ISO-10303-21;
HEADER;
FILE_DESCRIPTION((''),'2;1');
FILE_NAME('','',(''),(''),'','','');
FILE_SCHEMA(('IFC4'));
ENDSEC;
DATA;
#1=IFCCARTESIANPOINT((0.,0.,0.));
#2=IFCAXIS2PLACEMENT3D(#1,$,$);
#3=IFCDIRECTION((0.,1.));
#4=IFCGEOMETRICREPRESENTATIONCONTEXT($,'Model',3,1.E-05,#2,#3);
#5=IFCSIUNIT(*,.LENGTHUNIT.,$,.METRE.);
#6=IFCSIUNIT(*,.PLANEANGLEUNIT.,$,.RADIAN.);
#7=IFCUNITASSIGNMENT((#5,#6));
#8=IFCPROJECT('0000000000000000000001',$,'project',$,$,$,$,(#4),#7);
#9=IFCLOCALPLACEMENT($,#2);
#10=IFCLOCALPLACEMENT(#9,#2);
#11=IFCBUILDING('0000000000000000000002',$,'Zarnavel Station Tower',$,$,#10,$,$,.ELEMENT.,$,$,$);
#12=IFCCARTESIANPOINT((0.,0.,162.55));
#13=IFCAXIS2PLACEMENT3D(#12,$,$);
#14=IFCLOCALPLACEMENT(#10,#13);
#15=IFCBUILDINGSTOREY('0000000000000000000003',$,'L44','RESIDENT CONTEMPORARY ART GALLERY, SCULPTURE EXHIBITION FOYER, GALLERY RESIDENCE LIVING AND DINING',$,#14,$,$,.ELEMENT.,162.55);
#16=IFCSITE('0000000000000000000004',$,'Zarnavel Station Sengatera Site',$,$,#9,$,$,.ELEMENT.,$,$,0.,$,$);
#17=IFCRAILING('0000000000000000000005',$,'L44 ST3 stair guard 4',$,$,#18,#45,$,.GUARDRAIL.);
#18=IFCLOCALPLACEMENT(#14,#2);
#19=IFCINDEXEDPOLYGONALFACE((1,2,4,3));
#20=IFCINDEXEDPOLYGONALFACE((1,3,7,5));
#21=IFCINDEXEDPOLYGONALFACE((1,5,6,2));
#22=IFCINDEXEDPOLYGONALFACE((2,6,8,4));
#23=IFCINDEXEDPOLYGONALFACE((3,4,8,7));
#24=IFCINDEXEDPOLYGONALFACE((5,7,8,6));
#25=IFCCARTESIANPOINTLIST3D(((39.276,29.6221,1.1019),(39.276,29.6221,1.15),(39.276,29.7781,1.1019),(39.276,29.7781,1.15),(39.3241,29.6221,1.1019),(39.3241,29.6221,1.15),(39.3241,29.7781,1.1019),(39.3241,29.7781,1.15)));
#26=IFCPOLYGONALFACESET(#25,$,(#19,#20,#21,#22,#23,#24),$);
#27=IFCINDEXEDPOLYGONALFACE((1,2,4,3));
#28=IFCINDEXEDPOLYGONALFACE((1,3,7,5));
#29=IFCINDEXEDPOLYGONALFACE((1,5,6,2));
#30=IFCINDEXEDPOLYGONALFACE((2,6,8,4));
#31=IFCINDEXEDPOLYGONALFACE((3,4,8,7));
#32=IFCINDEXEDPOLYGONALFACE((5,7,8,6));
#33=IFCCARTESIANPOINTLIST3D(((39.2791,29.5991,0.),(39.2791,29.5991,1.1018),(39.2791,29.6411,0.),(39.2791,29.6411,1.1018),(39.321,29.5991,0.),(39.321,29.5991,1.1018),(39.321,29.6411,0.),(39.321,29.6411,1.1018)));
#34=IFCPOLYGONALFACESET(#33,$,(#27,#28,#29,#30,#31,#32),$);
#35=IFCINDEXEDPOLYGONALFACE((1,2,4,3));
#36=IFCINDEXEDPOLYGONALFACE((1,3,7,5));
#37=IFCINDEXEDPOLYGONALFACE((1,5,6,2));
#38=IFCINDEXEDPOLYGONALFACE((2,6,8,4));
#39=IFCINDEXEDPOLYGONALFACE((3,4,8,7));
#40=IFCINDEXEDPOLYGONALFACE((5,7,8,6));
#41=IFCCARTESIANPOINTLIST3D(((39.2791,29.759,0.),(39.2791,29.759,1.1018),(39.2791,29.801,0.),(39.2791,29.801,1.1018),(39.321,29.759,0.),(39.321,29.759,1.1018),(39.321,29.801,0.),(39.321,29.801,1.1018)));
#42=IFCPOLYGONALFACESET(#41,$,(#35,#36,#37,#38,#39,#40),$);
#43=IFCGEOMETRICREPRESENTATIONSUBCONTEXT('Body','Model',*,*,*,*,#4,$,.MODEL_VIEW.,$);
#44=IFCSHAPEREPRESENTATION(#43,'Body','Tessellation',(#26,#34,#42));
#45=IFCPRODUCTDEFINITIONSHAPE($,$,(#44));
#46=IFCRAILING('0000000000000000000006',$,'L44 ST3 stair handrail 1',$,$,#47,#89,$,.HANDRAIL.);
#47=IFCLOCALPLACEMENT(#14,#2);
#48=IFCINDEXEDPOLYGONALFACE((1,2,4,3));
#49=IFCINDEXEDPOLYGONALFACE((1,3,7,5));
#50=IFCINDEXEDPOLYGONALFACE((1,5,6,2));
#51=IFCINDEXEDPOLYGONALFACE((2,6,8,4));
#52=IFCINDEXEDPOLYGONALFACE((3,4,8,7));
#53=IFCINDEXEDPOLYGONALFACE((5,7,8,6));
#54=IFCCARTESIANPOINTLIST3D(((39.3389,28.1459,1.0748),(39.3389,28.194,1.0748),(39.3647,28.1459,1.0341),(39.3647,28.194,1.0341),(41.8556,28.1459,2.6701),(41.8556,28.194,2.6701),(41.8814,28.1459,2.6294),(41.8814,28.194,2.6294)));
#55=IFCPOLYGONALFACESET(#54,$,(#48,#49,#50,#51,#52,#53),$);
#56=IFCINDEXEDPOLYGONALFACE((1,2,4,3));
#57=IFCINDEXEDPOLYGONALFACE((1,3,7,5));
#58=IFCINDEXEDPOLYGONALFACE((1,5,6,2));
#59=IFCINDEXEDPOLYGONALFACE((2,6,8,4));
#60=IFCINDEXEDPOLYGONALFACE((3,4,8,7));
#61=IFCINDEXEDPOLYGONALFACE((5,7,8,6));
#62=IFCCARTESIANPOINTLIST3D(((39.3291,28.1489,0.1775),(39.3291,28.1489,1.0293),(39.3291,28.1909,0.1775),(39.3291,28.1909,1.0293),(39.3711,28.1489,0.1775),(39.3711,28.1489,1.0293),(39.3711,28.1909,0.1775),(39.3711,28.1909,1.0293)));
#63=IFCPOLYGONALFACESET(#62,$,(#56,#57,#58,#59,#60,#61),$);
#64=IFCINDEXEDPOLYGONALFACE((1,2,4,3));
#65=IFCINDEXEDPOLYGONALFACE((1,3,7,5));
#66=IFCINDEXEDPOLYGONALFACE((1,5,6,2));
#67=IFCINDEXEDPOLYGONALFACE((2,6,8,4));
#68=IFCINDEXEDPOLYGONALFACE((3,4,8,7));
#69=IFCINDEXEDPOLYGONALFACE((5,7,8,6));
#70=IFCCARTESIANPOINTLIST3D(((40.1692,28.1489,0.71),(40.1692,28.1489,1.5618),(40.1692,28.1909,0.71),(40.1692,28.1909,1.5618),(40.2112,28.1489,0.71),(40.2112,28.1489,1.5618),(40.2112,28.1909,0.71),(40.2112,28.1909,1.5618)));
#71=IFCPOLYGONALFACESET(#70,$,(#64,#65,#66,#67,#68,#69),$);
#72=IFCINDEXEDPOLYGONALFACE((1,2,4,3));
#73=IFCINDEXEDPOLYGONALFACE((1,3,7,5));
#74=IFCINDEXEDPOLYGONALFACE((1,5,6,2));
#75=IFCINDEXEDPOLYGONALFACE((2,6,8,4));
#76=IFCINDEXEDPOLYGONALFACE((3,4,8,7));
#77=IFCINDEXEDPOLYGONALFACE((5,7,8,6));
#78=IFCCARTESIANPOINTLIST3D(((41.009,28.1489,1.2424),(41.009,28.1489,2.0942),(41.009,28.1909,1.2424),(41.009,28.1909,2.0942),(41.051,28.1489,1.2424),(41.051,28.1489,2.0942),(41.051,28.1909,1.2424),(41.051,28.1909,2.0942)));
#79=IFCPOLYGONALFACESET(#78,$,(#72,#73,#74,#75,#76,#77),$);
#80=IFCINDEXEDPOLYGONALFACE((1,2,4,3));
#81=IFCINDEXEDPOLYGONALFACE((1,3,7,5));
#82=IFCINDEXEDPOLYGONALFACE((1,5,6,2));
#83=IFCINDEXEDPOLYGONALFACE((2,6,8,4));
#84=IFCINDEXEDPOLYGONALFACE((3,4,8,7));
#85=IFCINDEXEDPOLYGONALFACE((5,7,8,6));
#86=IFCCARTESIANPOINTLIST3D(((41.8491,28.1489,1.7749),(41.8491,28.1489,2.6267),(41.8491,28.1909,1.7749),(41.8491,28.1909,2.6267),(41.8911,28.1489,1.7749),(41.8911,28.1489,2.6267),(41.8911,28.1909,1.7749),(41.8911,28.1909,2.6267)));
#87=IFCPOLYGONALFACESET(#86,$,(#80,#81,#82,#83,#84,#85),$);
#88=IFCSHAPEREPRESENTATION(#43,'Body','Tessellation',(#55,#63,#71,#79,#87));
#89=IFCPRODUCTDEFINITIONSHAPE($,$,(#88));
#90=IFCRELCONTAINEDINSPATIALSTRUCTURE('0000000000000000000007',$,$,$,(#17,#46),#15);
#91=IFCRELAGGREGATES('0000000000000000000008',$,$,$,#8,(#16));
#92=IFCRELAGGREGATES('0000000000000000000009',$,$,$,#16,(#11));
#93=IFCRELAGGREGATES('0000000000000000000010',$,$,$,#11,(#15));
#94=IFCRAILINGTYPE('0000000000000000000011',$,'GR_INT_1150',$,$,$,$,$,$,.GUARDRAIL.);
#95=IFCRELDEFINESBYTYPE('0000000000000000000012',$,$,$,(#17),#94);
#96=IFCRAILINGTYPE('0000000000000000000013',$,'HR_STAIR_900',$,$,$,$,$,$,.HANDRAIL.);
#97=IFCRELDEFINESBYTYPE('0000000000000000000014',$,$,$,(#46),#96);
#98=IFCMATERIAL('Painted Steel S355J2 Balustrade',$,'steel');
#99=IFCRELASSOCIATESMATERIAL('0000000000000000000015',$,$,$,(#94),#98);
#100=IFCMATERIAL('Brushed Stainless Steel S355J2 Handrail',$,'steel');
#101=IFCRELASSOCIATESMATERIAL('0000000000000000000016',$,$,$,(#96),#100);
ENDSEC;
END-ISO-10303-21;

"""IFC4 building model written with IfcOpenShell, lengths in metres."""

from ifc_helpers import new_model, si_unit, direction, frame, origin, origin_2d, place, context, subcontext, project, spatial, rectangle, extrude, material, type_object, element, save


model = new_model("IFC4")

# Units and contexts
model_context = context("Model", 3, precision=1e-05, world=origin(), true_north=direction((0.0, 1.0)))
body_context = subcontext(model_context, "Body", "Model", "MODEL_VIEW")
ifc_project = project(units=[si_unit("LENGTHUNIT", "METRE"), si_unit("PLANEANGLEUNIT", "RADIAN")], contexts=[model_context])

# Site, building, storey
site_placement = place(None, origin())
site = spatial("IfcSite", under=ifc_project, at=site_placement, Name="Zarnavel Station Sengatera Site", CompositionType="ELEMENT", RefElevation=0.0)
building_placement = place(site_placement, origin())
building = spatial("IfcBuilding", under=site, at=building_placement, Name="Zarnavel Station Tower", CompositionType="ELEMENT")
storey_placement = place(building_placement, frame((0.0, 0.0, 162.55)))
storey = spatial("IfcBuildingStorey", under=building, at=storey_placement, Name="L44", Description="RESIDENT CONTEMPORARY ART GALLERY, SCULPTURE EXHIBITION FOYER, GALLERY RESIDENCE LIVING AND DINING", CompositionType="ELEMENT", Elevation=162.55)

# Railings
ifc_material_1 = material(Name="Painted Steel S355J2 Balustrade", Category="steel")
railing_type_1 = type_object("IfcRailingType", Name="GR_INT_1150", PredefinedType="GUARDRAIL", material=ifc_material_1)
railing_1_placement = place(storey_placement, frame((39.3, 29.6201, 0.0)))
element("IfcRailing", 1, at=railing_1_placement, inside=storey, type_object=railing_type_1, Name="L44 ST3 stair guard 4", PredefinedType="GUARDRAIL", context=body_context, shape_type="SweptSolid", body=[
    extrude(rectangle(XDim=0.0481, YDim=0.0481, at=origin_2d()), frame((0.0, 0.002, 1.126), z_axis=(0.0, 1.0, 0.0), x_axis=(-1.0, 0.0, 0.0)), (0.0, 0.0, 1.0), 0.156),
    extrude(rectangle(XDim=0.042, YDim=0.042, at=origin_2d()), origin(), (0.0, 0.0, 1.0), 1.1018),
    extrude(rectangle(XDim=0.042, YDim=0.042, at=origin_2d()), frame((0.0, 0.1599, 0.0)), (0.0, 0.0, 1.0), 1.1018),
])
ifc_material_2 = material(Name="Brushed Stainless Steel S355J2 Handrail", Category="steel")
railing_type_2 = type_object("IfcRailingType", Name="HR_STAIR_900", PredefinedType="HANDRAIL", material=ifc_material_2)
railing_2_placement = place(storey_placement, frame((39.3501, 28.1699, 0.1775)))
element("IfcRailing", 2, at=railing_2_placement, inside=storey, type_object=railing_type_2, Name="L44 ST3 stair handrail 1", PredefinedType="HANDRAIL", context=body_context, shape_type="SweptSolid", body=[
    extrude(rectangle(XDim=0.0481, YDim=0.0481, at=origin_2d()), frame((0.0017, 0.0, 0.877), z_axis=(0.844607, 0.0, 0.535387), x_axis=(0.0, 1.0, 0.0)), (0.0, 0.0, 1.0), 2.9797),
    extrude(rectangle(XDim=0.042, YDim=0.042, at=origin_2d()), origin(), (0.0, 0.0, 1.0), 0.8518),
    extrude(rectangle(XDim=0.042, YDim=0.042, at=origin_2d()), frame((0.8401, 0.0, 0.5325)), (0.0, 0.0, 1.0), 0.8518),
    extrude(rectangle(XDim=0.042, YDim=0.042, at=origin_2d()), frame((1.6799, 0.0, 1.0649)), (0.0, 0.0, 1.0), 0.8518),
    extrude(rectangle(XDim=0.042, YDim=0.042, at=origin_2d()), frame((2.52, 0.0, 1.5974)), (0.0, 0.0, 1.0), 0.8518),
])

save(model, "model.ifc")
